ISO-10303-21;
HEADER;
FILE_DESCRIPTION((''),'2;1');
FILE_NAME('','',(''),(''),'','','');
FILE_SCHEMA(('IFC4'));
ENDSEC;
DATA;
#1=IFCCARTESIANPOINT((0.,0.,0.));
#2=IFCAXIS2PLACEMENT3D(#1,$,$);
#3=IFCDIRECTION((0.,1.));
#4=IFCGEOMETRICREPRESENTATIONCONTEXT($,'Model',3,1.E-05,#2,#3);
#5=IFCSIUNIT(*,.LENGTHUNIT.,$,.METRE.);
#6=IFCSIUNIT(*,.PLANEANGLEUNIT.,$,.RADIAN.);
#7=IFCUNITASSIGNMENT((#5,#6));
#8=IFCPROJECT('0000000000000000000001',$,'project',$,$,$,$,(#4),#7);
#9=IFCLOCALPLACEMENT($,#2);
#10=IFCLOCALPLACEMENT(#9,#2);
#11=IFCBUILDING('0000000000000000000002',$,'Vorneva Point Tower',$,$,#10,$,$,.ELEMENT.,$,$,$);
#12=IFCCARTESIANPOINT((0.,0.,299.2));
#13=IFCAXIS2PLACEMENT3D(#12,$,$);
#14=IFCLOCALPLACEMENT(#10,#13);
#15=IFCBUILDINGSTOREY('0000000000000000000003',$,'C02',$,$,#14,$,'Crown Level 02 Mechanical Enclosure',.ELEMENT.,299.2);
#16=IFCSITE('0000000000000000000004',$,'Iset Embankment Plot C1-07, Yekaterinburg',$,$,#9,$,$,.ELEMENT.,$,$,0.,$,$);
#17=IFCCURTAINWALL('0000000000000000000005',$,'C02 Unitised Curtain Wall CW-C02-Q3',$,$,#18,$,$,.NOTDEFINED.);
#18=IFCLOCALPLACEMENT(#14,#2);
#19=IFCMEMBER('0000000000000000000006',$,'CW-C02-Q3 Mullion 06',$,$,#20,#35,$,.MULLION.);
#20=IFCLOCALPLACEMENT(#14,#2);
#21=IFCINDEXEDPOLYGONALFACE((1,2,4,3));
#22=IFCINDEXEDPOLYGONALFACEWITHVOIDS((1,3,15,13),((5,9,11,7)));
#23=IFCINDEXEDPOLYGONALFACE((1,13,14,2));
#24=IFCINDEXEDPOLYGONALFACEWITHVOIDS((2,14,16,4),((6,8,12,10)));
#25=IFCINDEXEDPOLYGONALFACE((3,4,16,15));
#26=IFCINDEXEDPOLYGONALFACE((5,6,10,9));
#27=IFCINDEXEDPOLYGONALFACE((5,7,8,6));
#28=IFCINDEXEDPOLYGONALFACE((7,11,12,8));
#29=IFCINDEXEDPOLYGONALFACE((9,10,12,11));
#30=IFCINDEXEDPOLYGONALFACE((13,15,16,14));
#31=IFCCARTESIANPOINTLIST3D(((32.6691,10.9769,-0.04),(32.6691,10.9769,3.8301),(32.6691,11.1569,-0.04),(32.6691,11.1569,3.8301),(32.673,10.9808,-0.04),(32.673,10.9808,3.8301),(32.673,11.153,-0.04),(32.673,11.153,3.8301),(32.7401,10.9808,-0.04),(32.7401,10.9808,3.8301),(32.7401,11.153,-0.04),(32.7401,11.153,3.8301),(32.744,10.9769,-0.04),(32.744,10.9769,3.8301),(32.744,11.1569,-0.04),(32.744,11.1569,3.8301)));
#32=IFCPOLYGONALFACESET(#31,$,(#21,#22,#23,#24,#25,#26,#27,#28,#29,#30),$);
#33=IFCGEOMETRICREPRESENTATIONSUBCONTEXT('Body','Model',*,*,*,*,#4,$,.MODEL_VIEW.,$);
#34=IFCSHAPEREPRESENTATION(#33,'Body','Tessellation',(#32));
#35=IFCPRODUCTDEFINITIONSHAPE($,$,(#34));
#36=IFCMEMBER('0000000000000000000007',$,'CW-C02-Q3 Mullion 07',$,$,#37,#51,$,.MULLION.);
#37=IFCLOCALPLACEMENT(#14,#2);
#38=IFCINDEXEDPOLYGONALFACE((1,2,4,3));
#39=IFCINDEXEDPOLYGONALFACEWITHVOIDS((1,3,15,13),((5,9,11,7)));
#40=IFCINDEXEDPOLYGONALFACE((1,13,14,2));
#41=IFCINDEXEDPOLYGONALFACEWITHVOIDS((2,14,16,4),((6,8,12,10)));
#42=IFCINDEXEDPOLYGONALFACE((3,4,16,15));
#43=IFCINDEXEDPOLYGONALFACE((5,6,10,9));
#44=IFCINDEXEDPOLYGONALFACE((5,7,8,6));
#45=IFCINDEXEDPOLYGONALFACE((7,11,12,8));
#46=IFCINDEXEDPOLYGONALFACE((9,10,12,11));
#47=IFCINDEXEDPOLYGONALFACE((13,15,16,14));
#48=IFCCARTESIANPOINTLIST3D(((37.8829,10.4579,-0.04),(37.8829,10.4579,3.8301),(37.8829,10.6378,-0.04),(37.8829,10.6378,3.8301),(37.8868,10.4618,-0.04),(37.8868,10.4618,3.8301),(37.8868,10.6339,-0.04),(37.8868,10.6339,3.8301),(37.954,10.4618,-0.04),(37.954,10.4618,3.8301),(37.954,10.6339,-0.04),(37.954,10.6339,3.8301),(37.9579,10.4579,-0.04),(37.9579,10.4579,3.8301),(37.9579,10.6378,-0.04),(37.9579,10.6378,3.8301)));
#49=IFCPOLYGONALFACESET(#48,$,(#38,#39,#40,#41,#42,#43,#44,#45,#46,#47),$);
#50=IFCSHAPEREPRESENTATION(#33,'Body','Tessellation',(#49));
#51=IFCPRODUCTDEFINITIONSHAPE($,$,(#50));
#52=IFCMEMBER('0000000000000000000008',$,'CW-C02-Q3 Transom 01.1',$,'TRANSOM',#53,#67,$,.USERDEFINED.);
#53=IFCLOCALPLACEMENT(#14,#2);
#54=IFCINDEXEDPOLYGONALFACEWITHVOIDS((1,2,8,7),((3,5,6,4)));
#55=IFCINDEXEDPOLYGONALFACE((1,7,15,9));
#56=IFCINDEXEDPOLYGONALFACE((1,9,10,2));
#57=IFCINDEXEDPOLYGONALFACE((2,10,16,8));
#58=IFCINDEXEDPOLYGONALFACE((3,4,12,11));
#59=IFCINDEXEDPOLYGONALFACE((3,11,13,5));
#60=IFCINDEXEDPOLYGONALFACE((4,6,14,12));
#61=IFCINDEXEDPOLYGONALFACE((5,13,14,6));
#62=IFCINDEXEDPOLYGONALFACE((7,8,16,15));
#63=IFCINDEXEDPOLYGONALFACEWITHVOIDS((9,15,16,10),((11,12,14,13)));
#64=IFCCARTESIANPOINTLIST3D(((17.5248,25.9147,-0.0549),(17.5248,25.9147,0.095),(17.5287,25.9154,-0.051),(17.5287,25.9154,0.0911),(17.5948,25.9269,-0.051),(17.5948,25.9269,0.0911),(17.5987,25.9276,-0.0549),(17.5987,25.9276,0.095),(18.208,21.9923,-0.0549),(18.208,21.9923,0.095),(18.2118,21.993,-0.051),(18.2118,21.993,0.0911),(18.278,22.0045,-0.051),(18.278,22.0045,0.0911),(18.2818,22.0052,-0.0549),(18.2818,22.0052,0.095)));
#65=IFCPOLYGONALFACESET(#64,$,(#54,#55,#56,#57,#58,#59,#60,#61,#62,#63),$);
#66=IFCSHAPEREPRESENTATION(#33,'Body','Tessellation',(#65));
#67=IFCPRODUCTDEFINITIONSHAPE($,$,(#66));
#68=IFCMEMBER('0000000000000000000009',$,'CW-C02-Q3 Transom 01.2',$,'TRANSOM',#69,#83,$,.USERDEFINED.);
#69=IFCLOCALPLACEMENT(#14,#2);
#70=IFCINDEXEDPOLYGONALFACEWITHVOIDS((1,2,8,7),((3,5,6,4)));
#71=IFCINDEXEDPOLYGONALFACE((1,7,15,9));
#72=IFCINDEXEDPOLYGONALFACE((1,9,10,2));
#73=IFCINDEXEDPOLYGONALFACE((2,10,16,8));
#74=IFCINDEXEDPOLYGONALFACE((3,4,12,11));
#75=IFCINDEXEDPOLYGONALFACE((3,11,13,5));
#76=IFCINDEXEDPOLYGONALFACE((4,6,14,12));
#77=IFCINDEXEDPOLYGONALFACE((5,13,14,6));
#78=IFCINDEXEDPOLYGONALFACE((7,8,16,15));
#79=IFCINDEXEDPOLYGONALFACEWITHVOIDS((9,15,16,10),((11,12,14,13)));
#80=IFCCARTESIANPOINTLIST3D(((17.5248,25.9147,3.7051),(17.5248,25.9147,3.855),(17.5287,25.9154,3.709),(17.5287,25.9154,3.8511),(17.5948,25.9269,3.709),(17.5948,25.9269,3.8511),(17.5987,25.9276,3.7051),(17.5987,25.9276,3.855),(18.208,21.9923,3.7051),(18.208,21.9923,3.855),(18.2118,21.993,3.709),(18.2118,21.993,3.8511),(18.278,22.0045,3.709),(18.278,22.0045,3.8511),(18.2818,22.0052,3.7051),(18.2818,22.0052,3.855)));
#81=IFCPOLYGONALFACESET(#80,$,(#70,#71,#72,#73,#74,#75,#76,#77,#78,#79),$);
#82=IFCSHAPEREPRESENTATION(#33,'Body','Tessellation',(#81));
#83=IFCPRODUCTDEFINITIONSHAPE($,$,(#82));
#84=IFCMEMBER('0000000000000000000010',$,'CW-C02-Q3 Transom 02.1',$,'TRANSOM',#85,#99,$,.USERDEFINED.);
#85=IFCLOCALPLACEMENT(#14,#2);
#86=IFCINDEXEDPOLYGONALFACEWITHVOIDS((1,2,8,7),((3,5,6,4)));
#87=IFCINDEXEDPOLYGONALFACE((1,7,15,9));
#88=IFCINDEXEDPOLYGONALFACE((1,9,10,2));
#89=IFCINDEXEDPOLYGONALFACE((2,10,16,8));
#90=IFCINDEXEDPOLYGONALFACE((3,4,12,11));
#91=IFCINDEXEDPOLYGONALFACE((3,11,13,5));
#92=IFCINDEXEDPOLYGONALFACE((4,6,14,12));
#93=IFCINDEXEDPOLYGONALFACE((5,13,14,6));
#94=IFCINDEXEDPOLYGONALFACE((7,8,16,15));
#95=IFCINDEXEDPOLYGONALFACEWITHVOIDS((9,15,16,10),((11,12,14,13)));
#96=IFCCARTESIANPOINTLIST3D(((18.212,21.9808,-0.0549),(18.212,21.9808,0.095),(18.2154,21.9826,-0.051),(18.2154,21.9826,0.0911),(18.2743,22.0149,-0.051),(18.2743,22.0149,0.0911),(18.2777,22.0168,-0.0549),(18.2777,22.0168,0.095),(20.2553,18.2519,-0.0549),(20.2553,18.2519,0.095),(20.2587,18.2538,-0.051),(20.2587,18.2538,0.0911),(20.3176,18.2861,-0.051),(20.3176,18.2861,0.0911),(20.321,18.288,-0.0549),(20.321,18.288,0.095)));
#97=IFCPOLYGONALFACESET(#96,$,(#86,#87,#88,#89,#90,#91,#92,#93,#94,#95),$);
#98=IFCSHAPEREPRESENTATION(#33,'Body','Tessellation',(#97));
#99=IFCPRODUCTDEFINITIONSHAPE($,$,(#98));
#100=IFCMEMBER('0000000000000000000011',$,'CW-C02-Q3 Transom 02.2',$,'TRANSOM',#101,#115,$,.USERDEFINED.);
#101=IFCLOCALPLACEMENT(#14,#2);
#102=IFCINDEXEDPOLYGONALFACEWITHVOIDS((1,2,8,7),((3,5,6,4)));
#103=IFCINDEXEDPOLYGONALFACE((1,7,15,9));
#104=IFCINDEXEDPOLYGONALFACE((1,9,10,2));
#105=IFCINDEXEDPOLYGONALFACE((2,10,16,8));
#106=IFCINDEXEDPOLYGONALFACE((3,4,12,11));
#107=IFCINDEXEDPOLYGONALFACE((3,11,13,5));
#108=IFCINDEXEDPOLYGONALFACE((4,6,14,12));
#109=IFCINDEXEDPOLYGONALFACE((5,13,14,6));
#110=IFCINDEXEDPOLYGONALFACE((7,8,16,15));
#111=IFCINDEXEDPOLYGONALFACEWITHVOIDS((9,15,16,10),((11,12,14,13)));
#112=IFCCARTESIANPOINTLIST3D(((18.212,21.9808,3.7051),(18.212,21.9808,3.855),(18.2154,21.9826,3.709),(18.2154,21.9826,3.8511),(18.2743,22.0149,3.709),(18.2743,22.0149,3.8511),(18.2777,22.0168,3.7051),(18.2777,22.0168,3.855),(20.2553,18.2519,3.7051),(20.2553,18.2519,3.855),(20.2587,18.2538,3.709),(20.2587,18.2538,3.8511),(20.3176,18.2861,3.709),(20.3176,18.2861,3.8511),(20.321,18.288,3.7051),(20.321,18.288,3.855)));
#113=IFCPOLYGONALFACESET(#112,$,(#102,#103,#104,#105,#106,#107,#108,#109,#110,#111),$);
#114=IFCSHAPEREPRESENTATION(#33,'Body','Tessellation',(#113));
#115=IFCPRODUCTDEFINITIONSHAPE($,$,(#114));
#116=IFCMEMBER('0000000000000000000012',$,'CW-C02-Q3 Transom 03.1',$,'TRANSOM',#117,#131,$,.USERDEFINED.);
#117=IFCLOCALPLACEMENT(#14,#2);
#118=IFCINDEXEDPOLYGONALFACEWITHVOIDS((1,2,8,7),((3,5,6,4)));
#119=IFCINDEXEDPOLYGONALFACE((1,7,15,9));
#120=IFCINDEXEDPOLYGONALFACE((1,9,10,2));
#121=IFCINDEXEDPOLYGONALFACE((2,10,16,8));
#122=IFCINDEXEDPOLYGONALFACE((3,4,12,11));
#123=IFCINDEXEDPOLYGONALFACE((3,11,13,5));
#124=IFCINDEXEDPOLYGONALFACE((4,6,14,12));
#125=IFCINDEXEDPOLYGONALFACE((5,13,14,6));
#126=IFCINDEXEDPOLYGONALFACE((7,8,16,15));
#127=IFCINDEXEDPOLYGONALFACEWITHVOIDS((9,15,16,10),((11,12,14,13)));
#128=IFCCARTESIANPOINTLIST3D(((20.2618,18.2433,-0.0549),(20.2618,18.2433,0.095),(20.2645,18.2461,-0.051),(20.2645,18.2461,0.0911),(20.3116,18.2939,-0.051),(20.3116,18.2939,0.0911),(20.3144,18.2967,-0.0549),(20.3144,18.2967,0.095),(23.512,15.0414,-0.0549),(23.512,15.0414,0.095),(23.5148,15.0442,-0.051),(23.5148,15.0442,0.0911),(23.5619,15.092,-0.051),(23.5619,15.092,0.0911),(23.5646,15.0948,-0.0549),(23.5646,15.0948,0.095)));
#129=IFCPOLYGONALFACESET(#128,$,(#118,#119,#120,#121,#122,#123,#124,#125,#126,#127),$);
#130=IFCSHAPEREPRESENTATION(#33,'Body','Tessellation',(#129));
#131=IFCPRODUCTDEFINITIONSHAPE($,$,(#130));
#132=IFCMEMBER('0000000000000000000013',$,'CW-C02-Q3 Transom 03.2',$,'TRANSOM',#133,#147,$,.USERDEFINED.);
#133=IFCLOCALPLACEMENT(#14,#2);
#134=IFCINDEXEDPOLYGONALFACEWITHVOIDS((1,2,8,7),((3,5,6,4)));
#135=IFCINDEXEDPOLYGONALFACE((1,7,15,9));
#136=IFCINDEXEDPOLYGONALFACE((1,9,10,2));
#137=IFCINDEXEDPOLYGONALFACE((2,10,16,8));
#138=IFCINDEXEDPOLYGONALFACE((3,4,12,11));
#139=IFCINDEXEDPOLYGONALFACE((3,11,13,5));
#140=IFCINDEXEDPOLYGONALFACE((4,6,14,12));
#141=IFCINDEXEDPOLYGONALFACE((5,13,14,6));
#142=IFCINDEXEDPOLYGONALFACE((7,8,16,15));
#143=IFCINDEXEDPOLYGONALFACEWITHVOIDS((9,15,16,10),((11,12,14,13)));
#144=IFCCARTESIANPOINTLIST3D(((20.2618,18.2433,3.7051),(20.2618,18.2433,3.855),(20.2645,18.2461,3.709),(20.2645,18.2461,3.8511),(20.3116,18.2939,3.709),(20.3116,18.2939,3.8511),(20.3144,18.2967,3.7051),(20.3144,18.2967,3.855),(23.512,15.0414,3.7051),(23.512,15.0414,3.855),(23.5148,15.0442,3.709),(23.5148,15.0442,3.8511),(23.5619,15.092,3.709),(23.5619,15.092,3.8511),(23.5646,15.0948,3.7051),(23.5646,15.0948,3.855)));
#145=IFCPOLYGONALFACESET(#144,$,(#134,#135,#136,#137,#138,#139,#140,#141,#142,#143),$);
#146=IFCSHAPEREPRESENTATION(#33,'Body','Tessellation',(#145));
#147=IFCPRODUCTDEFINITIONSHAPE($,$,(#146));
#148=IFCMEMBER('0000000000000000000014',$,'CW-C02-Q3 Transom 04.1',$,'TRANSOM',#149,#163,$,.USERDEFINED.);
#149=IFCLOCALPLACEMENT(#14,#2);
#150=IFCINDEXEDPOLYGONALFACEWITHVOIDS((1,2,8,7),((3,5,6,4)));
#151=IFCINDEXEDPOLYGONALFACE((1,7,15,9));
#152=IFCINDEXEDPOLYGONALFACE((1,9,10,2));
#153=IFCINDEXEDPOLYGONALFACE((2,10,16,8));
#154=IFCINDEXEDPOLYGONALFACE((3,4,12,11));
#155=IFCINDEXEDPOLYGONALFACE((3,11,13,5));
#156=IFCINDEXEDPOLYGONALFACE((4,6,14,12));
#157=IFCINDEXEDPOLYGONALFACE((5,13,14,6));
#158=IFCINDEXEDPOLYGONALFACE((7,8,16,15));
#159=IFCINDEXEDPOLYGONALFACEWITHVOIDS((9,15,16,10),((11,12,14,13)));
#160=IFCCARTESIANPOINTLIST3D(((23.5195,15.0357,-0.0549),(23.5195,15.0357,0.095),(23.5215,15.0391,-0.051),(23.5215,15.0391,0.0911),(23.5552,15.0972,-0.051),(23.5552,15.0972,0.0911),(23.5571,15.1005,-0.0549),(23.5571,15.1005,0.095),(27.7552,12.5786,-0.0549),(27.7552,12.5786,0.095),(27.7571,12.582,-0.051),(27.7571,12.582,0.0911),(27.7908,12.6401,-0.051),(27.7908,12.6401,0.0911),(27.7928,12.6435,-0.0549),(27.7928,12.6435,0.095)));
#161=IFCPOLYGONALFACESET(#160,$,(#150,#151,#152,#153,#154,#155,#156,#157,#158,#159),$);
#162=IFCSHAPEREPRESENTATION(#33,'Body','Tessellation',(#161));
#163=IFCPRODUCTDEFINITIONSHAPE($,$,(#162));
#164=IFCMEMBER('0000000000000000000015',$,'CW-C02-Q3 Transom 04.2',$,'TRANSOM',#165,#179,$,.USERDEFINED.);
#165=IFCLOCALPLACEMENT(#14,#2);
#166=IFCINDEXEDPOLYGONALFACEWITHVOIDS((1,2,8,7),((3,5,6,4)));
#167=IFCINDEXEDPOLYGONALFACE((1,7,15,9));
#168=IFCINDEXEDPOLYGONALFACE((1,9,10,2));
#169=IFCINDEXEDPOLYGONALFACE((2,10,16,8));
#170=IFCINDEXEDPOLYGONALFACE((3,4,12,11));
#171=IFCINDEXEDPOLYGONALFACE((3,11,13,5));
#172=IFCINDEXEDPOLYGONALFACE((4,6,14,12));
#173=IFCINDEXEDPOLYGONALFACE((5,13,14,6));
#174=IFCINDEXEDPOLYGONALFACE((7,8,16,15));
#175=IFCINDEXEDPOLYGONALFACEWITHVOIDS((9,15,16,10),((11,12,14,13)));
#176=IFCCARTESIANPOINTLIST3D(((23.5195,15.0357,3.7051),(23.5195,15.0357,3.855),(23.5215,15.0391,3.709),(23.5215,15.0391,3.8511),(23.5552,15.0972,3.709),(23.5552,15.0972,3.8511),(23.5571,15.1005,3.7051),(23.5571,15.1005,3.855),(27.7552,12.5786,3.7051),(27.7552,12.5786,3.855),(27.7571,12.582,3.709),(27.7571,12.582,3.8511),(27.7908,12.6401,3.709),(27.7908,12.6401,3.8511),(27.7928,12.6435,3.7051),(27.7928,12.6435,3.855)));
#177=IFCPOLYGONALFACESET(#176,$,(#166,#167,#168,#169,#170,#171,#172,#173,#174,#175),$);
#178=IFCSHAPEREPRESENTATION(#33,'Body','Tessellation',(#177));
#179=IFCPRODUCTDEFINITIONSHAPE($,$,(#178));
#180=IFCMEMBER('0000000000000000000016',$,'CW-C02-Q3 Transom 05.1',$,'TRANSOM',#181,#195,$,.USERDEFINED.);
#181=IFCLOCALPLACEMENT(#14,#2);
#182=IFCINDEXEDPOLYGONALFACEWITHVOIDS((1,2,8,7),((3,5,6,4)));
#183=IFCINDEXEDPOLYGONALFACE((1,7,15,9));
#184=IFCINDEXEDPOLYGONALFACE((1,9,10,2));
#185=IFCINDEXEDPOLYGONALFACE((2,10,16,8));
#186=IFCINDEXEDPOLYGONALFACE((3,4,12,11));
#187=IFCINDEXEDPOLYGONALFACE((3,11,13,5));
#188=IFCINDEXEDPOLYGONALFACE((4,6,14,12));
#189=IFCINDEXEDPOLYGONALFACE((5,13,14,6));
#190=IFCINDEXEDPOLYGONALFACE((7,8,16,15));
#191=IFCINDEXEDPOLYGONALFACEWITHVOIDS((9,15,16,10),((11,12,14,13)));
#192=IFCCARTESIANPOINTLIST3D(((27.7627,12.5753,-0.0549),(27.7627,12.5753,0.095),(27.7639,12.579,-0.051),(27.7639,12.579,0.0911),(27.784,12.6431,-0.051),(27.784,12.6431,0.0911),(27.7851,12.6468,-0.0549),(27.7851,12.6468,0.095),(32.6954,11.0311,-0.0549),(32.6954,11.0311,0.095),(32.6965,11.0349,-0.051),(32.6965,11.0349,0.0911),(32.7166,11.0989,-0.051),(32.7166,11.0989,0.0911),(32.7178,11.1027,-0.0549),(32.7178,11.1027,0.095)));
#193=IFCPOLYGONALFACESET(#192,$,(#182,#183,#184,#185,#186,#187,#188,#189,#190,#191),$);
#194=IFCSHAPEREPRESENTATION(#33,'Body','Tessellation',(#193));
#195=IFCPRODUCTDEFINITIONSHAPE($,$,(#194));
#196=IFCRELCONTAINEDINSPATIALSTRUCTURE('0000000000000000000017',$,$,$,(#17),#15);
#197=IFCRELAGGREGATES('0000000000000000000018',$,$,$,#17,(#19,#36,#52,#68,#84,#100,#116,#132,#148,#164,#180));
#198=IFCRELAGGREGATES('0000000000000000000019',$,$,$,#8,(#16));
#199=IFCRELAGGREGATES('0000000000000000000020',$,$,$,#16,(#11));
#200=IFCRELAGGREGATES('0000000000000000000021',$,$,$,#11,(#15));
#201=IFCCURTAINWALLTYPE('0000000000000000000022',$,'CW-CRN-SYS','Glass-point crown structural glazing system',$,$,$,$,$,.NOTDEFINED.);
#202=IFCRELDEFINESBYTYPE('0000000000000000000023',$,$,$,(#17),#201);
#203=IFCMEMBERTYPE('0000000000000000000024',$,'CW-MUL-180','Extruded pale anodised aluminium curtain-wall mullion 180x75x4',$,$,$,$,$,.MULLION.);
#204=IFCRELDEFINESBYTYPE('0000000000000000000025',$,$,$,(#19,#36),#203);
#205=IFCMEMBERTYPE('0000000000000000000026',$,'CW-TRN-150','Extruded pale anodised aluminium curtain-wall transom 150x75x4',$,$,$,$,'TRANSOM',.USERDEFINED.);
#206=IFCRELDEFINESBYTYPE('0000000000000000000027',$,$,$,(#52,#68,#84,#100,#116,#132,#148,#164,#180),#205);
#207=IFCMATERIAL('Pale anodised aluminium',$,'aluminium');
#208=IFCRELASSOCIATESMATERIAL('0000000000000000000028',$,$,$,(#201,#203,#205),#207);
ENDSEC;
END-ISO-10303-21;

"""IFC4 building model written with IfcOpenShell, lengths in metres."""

from ifc_helpers import new_model, si_unit, direction, frame, origin, origin_2d, place, context, subcontext, project, spatial, hollow_rectangle, extrude, material, material_profile, profile_set, type_object, element, aggregate, save


model = new_model("IFC4")

# Units and contexts
model_context = context("Model", 3, precision=1e-05, world=origin(), true_north=direction((0.0, 1.0)))
body_context = subcontext(model_context, "Body", "Model", "MODEL_VIEW")
ifc_project = project(units=[si_unit("LENGTHUNIT", "METRE"), si_unit("PLANEANGLEUNIT", "RADIAN")], contexts=[model_context])

# Site, building, storey
site_placement = place(None, origin())
site = spatial("IfcSite", under=ifc_project, at=site_placement, Name="Iset Embankment Plot C1-07, Yekaterinburg", CompositionType="ELEMENT", RefElevation=0.0)
building_placement = place(site_placement, origin())
building = spatial("IfcBuilding", under=site, at=building_placement, Name="Vorneva Point Tower", CompositionType="ELEMENT")
storey_placement = place(building_placement, frame((0.0, 0.0, 299.2)))
storey = spatial("IfcBuildingStorey", under=building, at=storey_placement, Name="C02", LongName="Crown Level 02 Mechanical Enclosure", CompositionType="ELEMENT", Elevation=299.2)

# Curtain wall, members
ifc_material_1 = material(Name="Pale anodised aluminium", Category="aluminium")
curtain_wall_type = type_object("IfcCurtainWallType", Name="CW-CRN-SYS", Description="Glass-point crown structural glazing system", PredefinedType="NOTDEFINED", material=ifc_material_1)
curtain_wall_placement = place(storey_placement, origin())
curtain_wall = element("IfcCurtainWall", 1, at=curtain_wall_placement, inside=storey, type_object=curtain_wall_type, Name="C02 Unitised Curtain Wall CW-C02-Q3", PredefinedType="NOTDEFINED")
ifc_material_profile_1 = material_profile(ifc_material_1, hollow_rectangle(XDim=0.075, YDim=0.1799, WallThickness=0.0039, at=origin_2d()), Name="AL-MUL 180x75x4")
ifc_profile_set_1 = profile_set([ifc_material_profile_1], Name="Pale anodised aluminium")
member_type_1 = type_object("IfcMemberType", Name="CW-MUL-180", Description="Extruded pale anodised aluminium curtain-wall mullion 180x75x4", PredefinedType="MULLION", material=ifc_profile_set_1)
member_1_placement = place(storey_placement, frame((32.7065, 11.0669, -0.04), z_axis=(0.0, 0.0, 1.0), x_axis=(1.0, 0.0, 0.0)))
member_1 = element("IfcMember", 2, at=member_1_placement, type_object=member_type_1, Name="CW-C02-Q3 Mullion 06", PredefinedType="MULLION", context=body_context, shape_type="SweptSolid", body=[
    extrude(hollow_rectangle(XDim=0.075, YDim=0.1799, WallThickness=0.0039, at=origin_2d()), origin(), (0.0, 0.0, 1.0), 3.8701),
])
member_2_placement = place(storey_placement, frame((37.9204, 10.5479, -0.04), z_axis=(0.0, 0.0, 1.0), x_axis=(1.0, 0.0, 0.0)))
member_2 = element("IfcMember", 3, at=member_2_placement, type_object=member_type_1, Name="CW-C02-Q3 Mullion 07", PredefinedType="MULLION", context=body_context, shape_type="SweptSolid", body=[
    extrude(hollow_rectangle(XDim=0.075, YDim=0.1799, WallThickness=0.0039, at=origin_2d()), origin(), (0.0, 0.0, 1.0), 3.8701),
])
ifc_material_profile_2 = material_profile(ifc_material_1, hollow_rectangle(XDim=0.075, YDim=0.1499, WallThickness=0.0039, at=origin_2d()), Name="AL-TRN 150x75x4")
ifc_profile_set_2 = profile_set([ifc_material_profile_2], Name="Pale anodised aluminium")
member_type_2 = type_object("IfcMemberType", Name="CW-TRN-150", Description="Extruded pale anodised aluminium curtain-wall transom 150x75x4", ElementType="TRANSOM", PredefinedType="USERDEFINED", material=ifc_profile_set_2)
member_3_placement = place(storey_placement, frame((17.5618, 25.9211, 0.02), z_axis=(0.171574, -0.985171, 0.0), x_axis=(0.985171, 0.171574, 0.0)))
member_3 = element("IfcMember", 4, at=member_3_placement, type_object=member_type_2, Name="CW-C02-Q3 Transom 01.1", ObjectType="TRANSOM", PredefinedType="USERDEFINED", context=body_context, shape_type="SweptSolid", body=[
    extrude(hollow_rectangle(XDim=0.075, YDim=0.1499, WallThickness=0.0039, at=origin_2d()), origin(), (0.0, 0.0, 1.0), 3.9814),
])
member_4_placement = place(storey_placement, frame((17.5618, 25.9211, 3.78), z_axis=(0.171574, -0.985171, 0.0), x_axis=(0.985171, 0.171574, 0.0)))
member_4 = element("IfcMember", 5, at=member_4_placement, type_object=member_type_2, Name="CW-C02-Q3 Transom 01.2", ObjectType="TRANSOM", PredefinedType="USERDEFINED", context=body_context, shape_type="SweptSolid", body=[
    extrude(hollow_rectangle(XDim=0.075, YDim=0.1499, WallThickness=0.0039, at=origin_2d()), origin(), (0.0, 0.0, 1.0), 3.9814),
])
member_5_placement = place(storey_placement, frame((18.2449, 21.9988, 0.02), z_axis=(0.480545, -0.87697, 0.0), x_axis=(0.87697, 0.480545, 0.0)))
member_5 = element("IfcMember", 6, at=member_5_placement, type_object=member_type_2, Name="CW-C02-Q3 Transom 02.1", ObjectType="TRANSOM", PredefinedType="USERDEFINED", context=body_context, shape_type="SweptSolid", body=[
    extrude(hollow_rectangle(XDim=0.075, YDim=0.1499, WallThickness=0.0039, at=origin_2d()), origin(), (0.0, 0.0, 1.0), 4.252),
])
member_6_placement = place(storey_placement, frame((18.2449, 21.9988, 3.78), z_axis=(0.480545, -0.87697, 0.0), x_axis=(0.87697, 0.480545, 0.0)))
member_6 = element("IfcMember", 7, at=member_6_placement, type_object=member_type_2, Name="CW-C02-Q3 Transom 02.2", ObjectType="TRANSOM", PredefinedType="USERDEFINED", context=body_context, shape_type="SweptSolid", body=[
    extrude(hollow_rectangle(XDim=0.075, YDim=0.1499, WallThickness=0.0039, at=origin_2d()), origin(), (0.0, 0.0, 1.0), 4.252),
])
member_7_placement = place(storey_placement, frame((20.2881, 18.27, 0.02), z_axis=(0.712384, -0.701789, 0.0), x_axis=(0.701789, 0.712384, 0.0)))
member_7 = element("IfcMember", 8, at=member_7_placement, type_object=member_type_2, Name="CW-C02-Q3 Transom 03.1", ObjectType="TRANSOM", PredefinedType="USERDEFINED", context=body_context, shape_type="SweptSolid", body=[
    extrude(hollow_rectangle(XDim=0.075, YDim=0.1499, WallThickness=0.0039, at=origin_2d()), origin(), (0.0, 0.0, 1.0), 4.5625),
])
member_8_placement = place(storey_placement, frame((20.2881, 18.27, 3.78), z_axis=(0.712384, -0.701789, 0.0), x_axis=(0.701789, 0.712384, 0.0)))
member_8 = element("IfcMember", 9, at=member_8_placement, type_object=member_type_2, Name="CW-C02-Q3 Transom 03.2", ObjectType="TRANSOM", PredefinedType="USERDEFINED", context=body_context, shape_type="SweptSolid", body=[
    extrude(hollow_rectangle(XDim=0.075, YDim=0.1499, WallThickness=0.0039, at=origin_2d()), origin(), (0.0, 0.0, 1.0), 4.5625),
])
member_9_placement = place(storey_placement, frame((23.5383, 15.0681, 0.02), z_axis=(0.864997, -0.501777, 0.0), x_axis=(0.501777, 0.864997, 0.0)))
member_9 = element("IfcMember", 10, at=member_9_placement, type_object=member_type_2, Name="CW-C02-Q3 Transom 04.1", ObjectType="TRANSOM", PredefinedType="USERDEFINED", context=body_context, shape_type="SweptSolid", body=[
    extrude(hollow_rectangle(XDim=0.075, YDim=0.1499, WallThickness=0.0039, at=origin_2d()), origin(), (0.0, 0.0, 1.0), 4.8967),
])
member_10_placement = place(storey_placement, frame((23.5383, 15.0681, 3.78), z_axis=(0.864997, -0.501777, 0.0), x_axis=(0.501777, 0.864997, 0.0)))
member_10 = element("IfcMember", 11, at=member_10_placement, type_object=member_type_2, Name="CW-C02-Q3 Transom 04.2", ObjectType="TRANSOM", PredefinedType="USERDEFINED", context=body_context, shape_type="SweptSolid", body=[
    extrude(hollow_rectangle(XDim=0.075, YDim=0.1499, WallThickness=0.0039, at=origin_2d()), origin(), (0.0, 0.0, 1.0), 4.8967),
])
member_11_placement = place(storey_placement, frame((27.7739, 12.6111, 0.02), z_axis=(0.954329, -0.298759, 0.0), x_axis=(0.298759, 0.954329, 0.0)))
member_11 = element("IfcMember", 12, at=member_11_placement, type_object=member_type_2, Name="CW-C02-Q3 Transom 05.1", ObjectType="TRANSOM", PredefinedType="USERDEFINED", context=body_context, shape_type="SweptSolid", body=[
    extrude(hollow_rectangle(XDim=0.075, YDim=0.1499, WallThickness=0.0039, at=origin_2d()), origin(), (0.0, 0.0, 1.0), 5.1687),
])

aggregate(curtain_wall, [member_1, member_2, member_3, member_4, member_5, member_6, member_7, member_8, member_9, member_10, member_11])

save(model, "model.ifc")
